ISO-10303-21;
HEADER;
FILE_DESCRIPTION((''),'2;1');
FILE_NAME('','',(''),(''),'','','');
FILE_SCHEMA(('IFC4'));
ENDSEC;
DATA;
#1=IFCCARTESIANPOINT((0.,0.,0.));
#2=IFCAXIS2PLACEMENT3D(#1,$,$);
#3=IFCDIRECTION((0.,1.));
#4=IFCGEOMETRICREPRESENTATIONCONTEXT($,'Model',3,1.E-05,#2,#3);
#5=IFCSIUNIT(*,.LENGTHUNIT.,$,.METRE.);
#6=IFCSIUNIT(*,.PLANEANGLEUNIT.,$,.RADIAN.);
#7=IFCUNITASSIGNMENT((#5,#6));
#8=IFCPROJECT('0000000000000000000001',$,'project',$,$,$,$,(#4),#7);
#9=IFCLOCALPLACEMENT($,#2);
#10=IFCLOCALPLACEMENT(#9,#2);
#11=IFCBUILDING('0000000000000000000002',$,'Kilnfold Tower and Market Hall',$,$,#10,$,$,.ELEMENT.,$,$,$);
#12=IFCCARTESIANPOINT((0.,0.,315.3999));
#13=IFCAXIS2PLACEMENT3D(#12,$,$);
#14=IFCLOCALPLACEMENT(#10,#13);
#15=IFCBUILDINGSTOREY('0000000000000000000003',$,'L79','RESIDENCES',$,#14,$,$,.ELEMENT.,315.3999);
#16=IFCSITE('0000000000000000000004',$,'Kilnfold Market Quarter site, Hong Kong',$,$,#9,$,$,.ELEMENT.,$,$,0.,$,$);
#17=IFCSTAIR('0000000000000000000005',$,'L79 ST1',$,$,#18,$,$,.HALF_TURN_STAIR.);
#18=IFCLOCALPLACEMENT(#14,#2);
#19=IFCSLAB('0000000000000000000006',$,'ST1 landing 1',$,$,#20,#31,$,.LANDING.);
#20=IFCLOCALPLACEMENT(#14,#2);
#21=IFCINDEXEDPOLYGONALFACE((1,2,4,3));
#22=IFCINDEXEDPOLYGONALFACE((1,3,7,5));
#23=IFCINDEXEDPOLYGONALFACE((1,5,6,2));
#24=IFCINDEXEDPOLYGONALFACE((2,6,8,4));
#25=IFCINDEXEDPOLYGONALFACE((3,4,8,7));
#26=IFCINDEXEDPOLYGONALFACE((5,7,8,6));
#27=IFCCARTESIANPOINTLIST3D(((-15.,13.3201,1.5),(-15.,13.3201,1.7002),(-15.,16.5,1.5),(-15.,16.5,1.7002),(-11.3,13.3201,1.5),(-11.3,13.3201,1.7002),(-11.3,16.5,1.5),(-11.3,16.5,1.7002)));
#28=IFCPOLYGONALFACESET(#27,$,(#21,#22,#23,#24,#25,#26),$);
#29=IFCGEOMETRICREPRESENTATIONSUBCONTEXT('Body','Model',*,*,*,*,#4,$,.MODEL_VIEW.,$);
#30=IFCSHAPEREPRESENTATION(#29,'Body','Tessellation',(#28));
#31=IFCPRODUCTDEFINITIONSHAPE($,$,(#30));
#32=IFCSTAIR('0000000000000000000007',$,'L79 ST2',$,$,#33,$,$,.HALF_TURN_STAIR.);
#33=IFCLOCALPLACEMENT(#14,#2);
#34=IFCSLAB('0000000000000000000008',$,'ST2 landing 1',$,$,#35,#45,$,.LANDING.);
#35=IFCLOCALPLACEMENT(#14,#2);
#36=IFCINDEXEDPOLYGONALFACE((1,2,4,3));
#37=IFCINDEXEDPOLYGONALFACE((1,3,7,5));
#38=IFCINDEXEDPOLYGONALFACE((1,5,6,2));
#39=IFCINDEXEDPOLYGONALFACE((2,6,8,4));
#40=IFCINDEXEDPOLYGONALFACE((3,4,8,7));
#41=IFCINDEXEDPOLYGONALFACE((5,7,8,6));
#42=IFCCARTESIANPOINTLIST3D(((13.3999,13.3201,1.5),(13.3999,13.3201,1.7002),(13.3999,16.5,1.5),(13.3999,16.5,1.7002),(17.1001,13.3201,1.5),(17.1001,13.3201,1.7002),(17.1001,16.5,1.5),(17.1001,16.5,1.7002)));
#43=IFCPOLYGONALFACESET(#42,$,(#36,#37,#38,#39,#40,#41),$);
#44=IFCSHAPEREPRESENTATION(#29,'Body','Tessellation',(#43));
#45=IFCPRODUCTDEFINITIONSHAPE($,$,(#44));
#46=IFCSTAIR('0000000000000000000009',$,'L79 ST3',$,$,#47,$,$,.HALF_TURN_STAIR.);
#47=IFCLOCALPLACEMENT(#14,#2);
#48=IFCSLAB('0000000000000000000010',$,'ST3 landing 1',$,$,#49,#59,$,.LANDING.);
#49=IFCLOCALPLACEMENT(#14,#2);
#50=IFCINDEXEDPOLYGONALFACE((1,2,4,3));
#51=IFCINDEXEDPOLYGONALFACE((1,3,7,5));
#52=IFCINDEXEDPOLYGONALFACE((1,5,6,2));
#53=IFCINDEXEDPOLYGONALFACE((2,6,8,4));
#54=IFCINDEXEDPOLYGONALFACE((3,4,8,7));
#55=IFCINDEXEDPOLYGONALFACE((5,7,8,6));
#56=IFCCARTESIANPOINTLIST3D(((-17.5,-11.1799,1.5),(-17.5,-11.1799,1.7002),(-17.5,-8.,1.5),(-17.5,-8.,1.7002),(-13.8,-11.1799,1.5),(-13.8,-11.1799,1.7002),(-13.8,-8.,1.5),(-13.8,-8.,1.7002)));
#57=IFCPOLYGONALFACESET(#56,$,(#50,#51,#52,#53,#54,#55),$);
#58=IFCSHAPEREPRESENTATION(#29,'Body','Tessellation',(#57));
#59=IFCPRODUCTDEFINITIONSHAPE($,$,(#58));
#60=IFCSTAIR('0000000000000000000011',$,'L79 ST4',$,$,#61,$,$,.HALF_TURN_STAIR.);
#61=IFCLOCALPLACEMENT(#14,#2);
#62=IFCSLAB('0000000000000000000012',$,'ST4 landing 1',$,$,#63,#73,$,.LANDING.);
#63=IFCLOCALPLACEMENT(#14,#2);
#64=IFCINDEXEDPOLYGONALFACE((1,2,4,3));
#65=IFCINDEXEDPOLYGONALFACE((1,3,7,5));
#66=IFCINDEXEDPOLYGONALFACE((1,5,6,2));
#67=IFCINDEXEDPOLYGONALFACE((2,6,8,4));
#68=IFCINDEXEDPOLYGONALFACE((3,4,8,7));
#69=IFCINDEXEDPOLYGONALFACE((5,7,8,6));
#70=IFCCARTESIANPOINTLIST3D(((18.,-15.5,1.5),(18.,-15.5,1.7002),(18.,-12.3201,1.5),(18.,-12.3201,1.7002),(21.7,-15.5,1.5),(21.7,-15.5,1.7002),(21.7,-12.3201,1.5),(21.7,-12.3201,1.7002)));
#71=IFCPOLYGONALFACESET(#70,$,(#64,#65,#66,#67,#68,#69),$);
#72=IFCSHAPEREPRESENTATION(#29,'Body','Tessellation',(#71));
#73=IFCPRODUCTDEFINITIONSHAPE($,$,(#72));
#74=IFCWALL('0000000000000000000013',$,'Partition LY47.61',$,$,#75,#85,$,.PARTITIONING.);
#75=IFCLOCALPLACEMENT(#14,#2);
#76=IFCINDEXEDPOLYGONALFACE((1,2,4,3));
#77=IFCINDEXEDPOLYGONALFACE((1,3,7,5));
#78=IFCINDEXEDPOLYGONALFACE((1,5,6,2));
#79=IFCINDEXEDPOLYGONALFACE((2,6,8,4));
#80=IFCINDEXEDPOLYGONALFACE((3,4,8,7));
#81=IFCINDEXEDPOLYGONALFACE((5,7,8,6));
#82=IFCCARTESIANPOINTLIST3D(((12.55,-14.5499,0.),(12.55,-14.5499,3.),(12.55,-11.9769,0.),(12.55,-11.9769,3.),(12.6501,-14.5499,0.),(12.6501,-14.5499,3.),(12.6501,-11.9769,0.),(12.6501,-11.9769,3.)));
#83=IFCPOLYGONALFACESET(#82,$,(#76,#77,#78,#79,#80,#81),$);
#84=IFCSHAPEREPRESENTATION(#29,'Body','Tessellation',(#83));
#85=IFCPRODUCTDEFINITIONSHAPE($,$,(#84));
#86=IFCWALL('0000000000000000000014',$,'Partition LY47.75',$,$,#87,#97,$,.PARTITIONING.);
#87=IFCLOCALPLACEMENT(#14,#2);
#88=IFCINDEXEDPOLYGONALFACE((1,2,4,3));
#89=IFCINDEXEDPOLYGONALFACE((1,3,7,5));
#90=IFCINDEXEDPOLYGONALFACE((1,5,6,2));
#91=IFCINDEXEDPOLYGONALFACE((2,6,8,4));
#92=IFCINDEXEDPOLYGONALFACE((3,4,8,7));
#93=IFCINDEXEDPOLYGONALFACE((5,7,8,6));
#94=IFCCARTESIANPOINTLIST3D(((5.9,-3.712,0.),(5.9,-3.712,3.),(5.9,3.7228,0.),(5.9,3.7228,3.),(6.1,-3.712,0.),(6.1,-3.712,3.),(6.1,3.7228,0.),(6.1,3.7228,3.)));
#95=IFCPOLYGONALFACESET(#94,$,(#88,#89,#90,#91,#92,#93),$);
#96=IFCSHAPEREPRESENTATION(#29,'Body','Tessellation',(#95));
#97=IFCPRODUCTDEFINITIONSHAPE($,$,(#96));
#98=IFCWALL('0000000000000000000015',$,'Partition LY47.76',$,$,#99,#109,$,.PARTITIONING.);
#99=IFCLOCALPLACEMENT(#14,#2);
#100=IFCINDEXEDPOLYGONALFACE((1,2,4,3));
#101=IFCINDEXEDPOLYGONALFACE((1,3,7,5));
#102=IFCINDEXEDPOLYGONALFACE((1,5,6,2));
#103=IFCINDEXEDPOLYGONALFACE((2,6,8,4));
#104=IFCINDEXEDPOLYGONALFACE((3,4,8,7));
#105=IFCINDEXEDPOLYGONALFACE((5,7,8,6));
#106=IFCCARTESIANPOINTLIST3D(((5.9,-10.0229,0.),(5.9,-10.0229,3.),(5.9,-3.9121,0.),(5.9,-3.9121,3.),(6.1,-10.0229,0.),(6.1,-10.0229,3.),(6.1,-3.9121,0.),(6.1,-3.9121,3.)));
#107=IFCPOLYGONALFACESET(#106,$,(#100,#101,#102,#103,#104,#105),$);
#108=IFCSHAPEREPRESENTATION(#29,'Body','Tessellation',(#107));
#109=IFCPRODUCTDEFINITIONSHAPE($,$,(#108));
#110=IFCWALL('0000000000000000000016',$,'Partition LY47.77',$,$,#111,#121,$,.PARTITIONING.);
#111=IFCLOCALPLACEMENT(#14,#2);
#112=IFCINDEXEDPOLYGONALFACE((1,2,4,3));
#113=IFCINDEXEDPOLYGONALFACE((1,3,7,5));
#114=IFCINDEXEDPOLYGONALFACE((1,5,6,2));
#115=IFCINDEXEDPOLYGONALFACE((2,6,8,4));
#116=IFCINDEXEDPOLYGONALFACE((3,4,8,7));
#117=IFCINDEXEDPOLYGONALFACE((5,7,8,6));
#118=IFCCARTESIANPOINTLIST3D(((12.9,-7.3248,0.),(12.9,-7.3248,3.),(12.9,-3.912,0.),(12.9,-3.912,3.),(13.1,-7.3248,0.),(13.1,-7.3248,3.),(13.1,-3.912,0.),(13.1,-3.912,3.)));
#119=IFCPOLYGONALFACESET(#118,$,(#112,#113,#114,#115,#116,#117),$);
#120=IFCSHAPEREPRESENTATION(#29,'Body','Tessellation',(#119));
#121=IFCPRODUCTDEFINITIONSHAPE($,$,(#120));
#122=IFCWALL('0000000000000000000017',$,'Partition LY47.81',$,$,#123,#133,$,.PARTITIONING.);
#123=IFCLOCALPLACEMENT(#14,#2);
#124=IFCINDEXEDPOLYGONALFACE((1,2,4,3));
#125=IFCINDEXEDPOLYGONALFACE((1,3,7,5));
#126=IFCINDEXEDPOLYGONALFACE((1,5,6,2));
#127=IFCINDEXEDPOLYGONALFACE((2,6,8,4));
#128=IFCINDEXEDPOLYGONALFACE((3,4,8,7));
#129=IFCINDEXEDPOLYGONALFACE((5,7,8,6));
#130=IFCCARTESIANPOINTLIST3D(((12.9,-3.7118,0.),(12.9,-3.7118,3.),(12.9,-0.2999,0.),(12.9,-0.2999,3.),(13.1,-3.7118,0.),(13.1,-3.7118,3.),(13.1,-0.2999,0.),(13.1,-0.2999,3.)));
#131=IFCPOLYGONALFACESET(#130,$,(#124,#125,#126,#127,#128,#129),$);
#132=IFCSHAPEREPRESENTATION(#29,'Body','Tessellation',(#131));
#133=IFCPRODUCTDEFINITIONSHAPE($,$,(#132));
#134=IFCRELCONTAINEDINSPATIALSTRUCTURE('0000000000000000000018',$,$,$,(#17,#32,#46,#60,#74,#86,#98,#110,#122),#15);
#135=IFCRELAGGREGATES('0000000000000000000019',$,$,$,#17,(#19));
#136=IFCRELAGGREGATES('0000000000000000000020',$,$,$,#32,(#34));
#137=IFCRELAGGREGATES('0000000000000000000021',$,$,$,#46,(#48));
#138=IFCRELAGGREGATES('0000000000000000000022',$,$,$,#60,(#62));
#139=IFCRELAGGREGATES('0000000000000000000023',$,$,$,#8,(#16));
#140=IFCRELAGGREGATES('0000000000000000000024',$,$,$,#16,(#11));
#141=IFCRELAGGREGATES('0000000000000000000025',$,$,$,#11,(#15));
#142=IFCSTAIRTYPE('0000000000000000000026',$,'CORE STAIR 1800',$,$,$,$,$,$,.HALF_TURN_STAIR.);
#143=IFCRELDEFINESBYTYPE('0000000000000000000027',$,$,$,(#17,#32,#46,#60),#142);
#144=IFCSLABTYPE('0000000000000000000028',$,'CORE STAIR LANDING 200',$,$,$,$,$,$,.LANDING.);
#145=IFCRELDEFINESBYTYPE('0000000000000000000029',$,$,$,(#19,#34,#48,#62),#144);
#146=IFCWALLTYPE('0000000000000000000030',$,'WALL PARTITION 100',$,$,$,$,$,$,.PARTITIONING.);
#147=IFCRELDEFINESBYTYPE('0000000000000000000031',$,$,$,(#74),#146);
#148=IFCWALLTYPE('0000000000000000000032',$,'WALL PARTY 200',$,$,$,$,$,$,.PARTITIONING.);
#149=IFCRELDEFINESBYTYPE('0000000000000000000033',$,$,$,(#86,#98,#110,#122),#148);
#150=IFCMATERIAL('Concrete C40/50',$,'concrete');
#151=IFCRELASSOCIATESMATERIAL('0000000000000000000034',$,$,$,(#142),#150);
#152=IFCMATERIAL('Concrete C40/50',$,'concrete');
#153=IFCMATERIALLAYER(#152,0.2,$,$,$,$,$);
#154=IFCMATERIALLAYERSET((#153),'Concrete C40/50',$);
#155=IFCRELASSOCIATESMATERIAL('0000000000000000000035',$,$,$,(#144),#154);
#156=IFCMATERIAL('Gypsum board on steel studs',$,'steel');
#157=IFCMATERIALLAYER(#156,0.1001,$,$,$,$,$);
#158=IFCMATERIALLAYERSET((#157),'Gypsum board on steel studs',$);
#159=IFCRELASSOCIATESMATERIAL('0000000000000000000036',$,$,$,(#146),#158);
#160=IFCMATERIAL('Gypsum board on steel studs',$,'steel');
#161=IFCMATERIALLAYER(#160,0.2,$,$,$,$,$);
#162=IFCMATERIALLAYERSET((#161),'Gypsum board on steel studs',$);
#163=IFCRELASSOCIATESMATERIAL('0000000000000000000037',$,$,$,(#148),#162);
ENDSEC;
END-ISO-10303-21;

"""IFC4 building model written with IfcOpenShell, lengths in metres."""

from ifc_helpers import new_model, si_unit, direction, frame, frame_2d, origin, place, context, subcontext, project, spatial, polyline, rectangle, outline, extrude, source, transform, mapped, material, layer, layer_set, type_object, element, aggregate, save


model = new_model("IFC4")

# Units and contexts
model_context = context("Model", 3, precision=1e-05, world=origin(), true_north=direction((0.0, 1.0)))
body_context = subcontext(model_context, "Body", "Model", "MODEL_VIEW")
ifc_project = project(units=[si_unit("LENGTHUNIT", "METRE"), si_unit("PLANEANGLEUNIT", "RADIAN")], contexts=[model_context])

# Site, building, storey
site_placement = place(None, origin())
site = spatial("IfcSite", under=ifc_project, at=site_placement, Name="Kilnfold Market Quarter site, Hong Kong", CompositionType="ELEMENT", RefElevation=0.0)
building_placement = place(site_placement, origin())
building = spatial("IfcBuilding", under=site, at=building_placement, Name="Kilnfold Tower and Market Hall", CompositionType="ELEMENT")
storey_placement = place(building_placement, frame((0.0, 0.0, 315.3999)))
storey = spatial("IfcBuildingStorey", under=building, at=storey_placement, Name="L79", Description="RESIDENCES", CompositionType="ELEMENT", Elevation=315.3999)

# Stairs, slabs
ifc_material_1 = material(Name="Concrete C40/50", Category="concrete")
stair_type = type_object("IfcStairType", Name="CORE STAIR 1800", PredefinedType="HALF_TURN_STAIR", material=ifc_material_1)
stair_1_placement = place(storey_placement, origin())
stair_1 = element("IfcStair", 1, at=stair_1_placement, inside=storey, type_object=stair_type, Name="L79 ST1", PredefinedType="HALF_TURN_STAIR")
ifc_material_2 = material(Name="Concrete C40/50", Category="concrete")
ifc_layer_1 = layer(ifc_material_2, 0.2)
ifc_layer_set_1 = layer_set([ifc_layer_1], Name="Concrete C40/50")
slab_type_1 = type_object("IfcSlabType", Name="CORE STAIR LANDING 200", PredefinedType="LANDING", material=ifc_layer_set_1)
shared_shape_1 = source(origin(), body_context, "Body", "SweptSolid", [
    extrude(outline(polyline([(-11.3, 13.3201), (-11.3, 16.5), (-15.0, 16.5), (-15.0, 13.3201), (-11.3, 13.3201)])), origin(), (0.0, 0.0, 1.0), 0.2002),
])
slab_1_placement = place(storey_placement, frame((0.0, 0.0, 1.5)))
slab_1 = element("IfcSlab", 2, at=slab_1_placement, type_object=slab_type_1, Name="ST1 landing 1", PredefinedType="LANDING", context=body_context, shape_type="MappedRepresentation", body=[
    mapped(shared_shape_1, transform((0.0, 0.0, 0.0))),
])
aggregate(stair_1, [slab_1])
stair_2_placement = place(storey_placement, origin())
stair_2 = element("IfcStair", 3, at=stair_2_placement, inside=storey, type_object=stair_type, Name="L79 ST2", PredefinedType="HALF_TURN_STAIR")
shared_shape_2 = source(origin(), body_context, "Body", "SweptSolid", [
    extrude(outline(polyline([(17.1001, 13.3201), (17.1001, 16.5), (13.3999, 16.5), (13.3999, 13.3201), (17.1001, 13.3201)])), origin(), (0.0, 0.0, 1.0), 0.2002),
])
slab_2_placement = place(storey_placement, frame((0.0, 0.0, 1.5)))
slab_2 = element("IfcSlab", 4, at=slab_2_placement, type_object=slab_type_1, Name="ST2 landing 1", PredefinedType="LANDING", context=body_context, shape_type="MappedRepresentation", body=[
    mapped(shared_shape_2, transform((0.0, 0.0, 0.0))),
])
aggregate(stair_2, [slab_2])
stair_3_placement = place(storey_placement, origin())
stair_3 = element("IfcStair", 5, at=stair_3_placement, inside=storey, type_object=stair_type, Name="L79 ST3", PredefinedType="HALF_TURN_STAIR")
shared_shape_3 = source(origin(), body_context, "Body", "SweptSolid", [
    extrude(outline(polyline([(-13.8, -11.1799), (-13.8, -8.0), (-17.5, -8.0), (-17.5, -11.1799), (-13.8, -11.1799)])), origin(), (0.0, 0.0, 1.0), 0.2002),
])
slab_3_placement = place(storey_placement, frame((0.0, 0.0, 1.5)))
slab_3 = element("IfcSlab", 6, at=slab_3_placement, type_object=slab_type_1, Name="ST3 landing 1", PredefinedType="LANDING", context=body_context, shape_type="MappedRepresentation", body=[
    mapped(shared_shape_3, transform((0.0, 0.0, 0.0))),
])
aggregate(stair_3, [slab_3])
stair_4_placement = place(storey_placement, origin())
stair_4 = element("IfcStair", 7, at=stair_4_placement, inside=storey, type_object=stair_type, Name="L79 ST4", PredefinedType="HALF_TURN_STAIR")
shared_shape_4 = source(origin(), body_context, "Body", "SweptSolid", [
    extrude(outline(polyline([(18.0, -12.3201), (18.0, -15.5), (21.7, -15.5), (21.7, -12.3201), (18.0, -12.3201)])), origin(), (0.0, 0.0, 1.0), 0.2002),
])
slab_4_placement = place(storey_placement, frame((0.0, 0.0, 1.5)))
slab_4 = element("IfcSlab", 8, at=slab_4_placement, type_object=slab_type_1, Name="ST4 landing 1", PredefinedType="LANDING", context=body_context, shape_type="MappedRepresentation", body=[
    mapped(shared_shape_4, transform((0.0, 0.0, 0.0))),
])
aggregate(stair_4, [slab_4])

# Walls
ifc_material_3 = material(Name="Gypsum board on steel studs", Category="steel")
ifc_layer_2 = layer(ifc_material_3, 0.1001)
ifc_layer_set_2 = layer_set([ifc_layer_2], Name="Gypsum board on steel studs")
wall_type_1 = type_object("IfcWallType", Name="WALL PARTITION 100", PredefinedType="PARTITIONING", material=ifc_layer_set_2)
wall_1_placement = place(storey_placement, frame((12.6001, -14.55, 0.0), z_axis=(0.0, 0.0, 1.0), x_axis=(0.0, 1.0, 0.0)))
element("IfcWall", 9, at=wall_1_placement, inside=storey, type_object=wall_type_1, Name="Partition LY47.61", PredefinedType="PARTITIONING", context=body_context, shape_type="SweptSolid", body=[
    extrude(rectangle(XDim=2.573, YDim=0.1001, at=frame_2d((1.2866, 0.0))), origin(), (0.0, 0.0, 1.0), 3.0),
])
ifc_material_4 = material(Name="Gypsum board on steel studs", Category="steel")
ifc_layer_3 = layer(ifc_material_4, 0.2)
ifc_layer_set_3 = layer_set([ifc_layer_3], Name="Gypsum board on steel studs")
wall_type_2 = type_object("IfcWallType", Name="WALL PARTY 200", PredefinedType="PARTITIONING", material=ifc_layer_set_3)
wall_2_placement = place(storey_placement, frame((6.0, -3.7119, 0.0), z_axis=(0.0, 0.0, 1.0), x_axis=(0.0, 1.0, 0.0)))
element("IfcWall", 10, at=wall_2_placement, inside=storey, type_object=wall_type_2, Name="Partition LY47.75", PredefinedType="PARTITIONING", context=body_context, shape_type="SweptSolid", body=[
    extrude(rectangle(XDim=7.4348, YDim=0.2, at=frame_2d((3.7173, 0.0))), origin(), (0.0, 0.0, 1.0), 3.0),
])
wall_3_placement = place(storey_placement, frame((6.0, -10.0229, 0.0), z_axis=(0.0, 0.0, 1.0), x_axis=(0.0, 1.0, 0.0)))
element("IfcWall", 11, at=wall_3_placement, inside=storey, type_object=wall_type_2, Name="Partition LY47.76", PredefinedType="PARTITIONING", context=body_context, shape_type="SweptSolid", body=[
    extrude(rectangle(XDim=6.1108, YDim=0.2, at=frame_2d((3.0554, 0.0))), origin(), (0.0, 0.0, 1.0), 3.0),
])
wall_4_placement = place(storey_placement, frame((13.0, -7.325, 0.0), z_axis=(0.0, 0.0, 1.0), x_axis=(0.0, 1.0, 0.0)))
element("IfcWall", 12, at=wall_4_placement, inside=storey, type_object=wall_type_2, Name="Partition LY47.77", PredefinedType="PARTITIONING", context=body_context, shape_type="SweptSolid", body=[
    extrude(rectangle(XDim=3.4128, YDim=0.2, at=frame_2d((1.7065, 0.0))), origin(), (0.0, 0.0, 1.0), 3.0),
])
wall_5_placement = place(storey_placement, frame((13.0, -3.7119, 0.0), z_axis=(0.0, 0.0, 1.0), x_axis=(0.0, 1.0, 0.0)))
element("IfcWall", 13, at=wall_5_placement, inside=storey, type_object=wall_type_2, Name="Partition LY47.81", PredefinedType="PARTITIONING", context=body_context, shape_type="SweptSolid", body=[
    extrude(rectangle(XDim=3.4119, YDim=0.2, at=frame_2d((1.7061, 0.0))), origin(), (0.0, 0.0, 1.0), 3.0),
])

save(model, "model.ifc")
